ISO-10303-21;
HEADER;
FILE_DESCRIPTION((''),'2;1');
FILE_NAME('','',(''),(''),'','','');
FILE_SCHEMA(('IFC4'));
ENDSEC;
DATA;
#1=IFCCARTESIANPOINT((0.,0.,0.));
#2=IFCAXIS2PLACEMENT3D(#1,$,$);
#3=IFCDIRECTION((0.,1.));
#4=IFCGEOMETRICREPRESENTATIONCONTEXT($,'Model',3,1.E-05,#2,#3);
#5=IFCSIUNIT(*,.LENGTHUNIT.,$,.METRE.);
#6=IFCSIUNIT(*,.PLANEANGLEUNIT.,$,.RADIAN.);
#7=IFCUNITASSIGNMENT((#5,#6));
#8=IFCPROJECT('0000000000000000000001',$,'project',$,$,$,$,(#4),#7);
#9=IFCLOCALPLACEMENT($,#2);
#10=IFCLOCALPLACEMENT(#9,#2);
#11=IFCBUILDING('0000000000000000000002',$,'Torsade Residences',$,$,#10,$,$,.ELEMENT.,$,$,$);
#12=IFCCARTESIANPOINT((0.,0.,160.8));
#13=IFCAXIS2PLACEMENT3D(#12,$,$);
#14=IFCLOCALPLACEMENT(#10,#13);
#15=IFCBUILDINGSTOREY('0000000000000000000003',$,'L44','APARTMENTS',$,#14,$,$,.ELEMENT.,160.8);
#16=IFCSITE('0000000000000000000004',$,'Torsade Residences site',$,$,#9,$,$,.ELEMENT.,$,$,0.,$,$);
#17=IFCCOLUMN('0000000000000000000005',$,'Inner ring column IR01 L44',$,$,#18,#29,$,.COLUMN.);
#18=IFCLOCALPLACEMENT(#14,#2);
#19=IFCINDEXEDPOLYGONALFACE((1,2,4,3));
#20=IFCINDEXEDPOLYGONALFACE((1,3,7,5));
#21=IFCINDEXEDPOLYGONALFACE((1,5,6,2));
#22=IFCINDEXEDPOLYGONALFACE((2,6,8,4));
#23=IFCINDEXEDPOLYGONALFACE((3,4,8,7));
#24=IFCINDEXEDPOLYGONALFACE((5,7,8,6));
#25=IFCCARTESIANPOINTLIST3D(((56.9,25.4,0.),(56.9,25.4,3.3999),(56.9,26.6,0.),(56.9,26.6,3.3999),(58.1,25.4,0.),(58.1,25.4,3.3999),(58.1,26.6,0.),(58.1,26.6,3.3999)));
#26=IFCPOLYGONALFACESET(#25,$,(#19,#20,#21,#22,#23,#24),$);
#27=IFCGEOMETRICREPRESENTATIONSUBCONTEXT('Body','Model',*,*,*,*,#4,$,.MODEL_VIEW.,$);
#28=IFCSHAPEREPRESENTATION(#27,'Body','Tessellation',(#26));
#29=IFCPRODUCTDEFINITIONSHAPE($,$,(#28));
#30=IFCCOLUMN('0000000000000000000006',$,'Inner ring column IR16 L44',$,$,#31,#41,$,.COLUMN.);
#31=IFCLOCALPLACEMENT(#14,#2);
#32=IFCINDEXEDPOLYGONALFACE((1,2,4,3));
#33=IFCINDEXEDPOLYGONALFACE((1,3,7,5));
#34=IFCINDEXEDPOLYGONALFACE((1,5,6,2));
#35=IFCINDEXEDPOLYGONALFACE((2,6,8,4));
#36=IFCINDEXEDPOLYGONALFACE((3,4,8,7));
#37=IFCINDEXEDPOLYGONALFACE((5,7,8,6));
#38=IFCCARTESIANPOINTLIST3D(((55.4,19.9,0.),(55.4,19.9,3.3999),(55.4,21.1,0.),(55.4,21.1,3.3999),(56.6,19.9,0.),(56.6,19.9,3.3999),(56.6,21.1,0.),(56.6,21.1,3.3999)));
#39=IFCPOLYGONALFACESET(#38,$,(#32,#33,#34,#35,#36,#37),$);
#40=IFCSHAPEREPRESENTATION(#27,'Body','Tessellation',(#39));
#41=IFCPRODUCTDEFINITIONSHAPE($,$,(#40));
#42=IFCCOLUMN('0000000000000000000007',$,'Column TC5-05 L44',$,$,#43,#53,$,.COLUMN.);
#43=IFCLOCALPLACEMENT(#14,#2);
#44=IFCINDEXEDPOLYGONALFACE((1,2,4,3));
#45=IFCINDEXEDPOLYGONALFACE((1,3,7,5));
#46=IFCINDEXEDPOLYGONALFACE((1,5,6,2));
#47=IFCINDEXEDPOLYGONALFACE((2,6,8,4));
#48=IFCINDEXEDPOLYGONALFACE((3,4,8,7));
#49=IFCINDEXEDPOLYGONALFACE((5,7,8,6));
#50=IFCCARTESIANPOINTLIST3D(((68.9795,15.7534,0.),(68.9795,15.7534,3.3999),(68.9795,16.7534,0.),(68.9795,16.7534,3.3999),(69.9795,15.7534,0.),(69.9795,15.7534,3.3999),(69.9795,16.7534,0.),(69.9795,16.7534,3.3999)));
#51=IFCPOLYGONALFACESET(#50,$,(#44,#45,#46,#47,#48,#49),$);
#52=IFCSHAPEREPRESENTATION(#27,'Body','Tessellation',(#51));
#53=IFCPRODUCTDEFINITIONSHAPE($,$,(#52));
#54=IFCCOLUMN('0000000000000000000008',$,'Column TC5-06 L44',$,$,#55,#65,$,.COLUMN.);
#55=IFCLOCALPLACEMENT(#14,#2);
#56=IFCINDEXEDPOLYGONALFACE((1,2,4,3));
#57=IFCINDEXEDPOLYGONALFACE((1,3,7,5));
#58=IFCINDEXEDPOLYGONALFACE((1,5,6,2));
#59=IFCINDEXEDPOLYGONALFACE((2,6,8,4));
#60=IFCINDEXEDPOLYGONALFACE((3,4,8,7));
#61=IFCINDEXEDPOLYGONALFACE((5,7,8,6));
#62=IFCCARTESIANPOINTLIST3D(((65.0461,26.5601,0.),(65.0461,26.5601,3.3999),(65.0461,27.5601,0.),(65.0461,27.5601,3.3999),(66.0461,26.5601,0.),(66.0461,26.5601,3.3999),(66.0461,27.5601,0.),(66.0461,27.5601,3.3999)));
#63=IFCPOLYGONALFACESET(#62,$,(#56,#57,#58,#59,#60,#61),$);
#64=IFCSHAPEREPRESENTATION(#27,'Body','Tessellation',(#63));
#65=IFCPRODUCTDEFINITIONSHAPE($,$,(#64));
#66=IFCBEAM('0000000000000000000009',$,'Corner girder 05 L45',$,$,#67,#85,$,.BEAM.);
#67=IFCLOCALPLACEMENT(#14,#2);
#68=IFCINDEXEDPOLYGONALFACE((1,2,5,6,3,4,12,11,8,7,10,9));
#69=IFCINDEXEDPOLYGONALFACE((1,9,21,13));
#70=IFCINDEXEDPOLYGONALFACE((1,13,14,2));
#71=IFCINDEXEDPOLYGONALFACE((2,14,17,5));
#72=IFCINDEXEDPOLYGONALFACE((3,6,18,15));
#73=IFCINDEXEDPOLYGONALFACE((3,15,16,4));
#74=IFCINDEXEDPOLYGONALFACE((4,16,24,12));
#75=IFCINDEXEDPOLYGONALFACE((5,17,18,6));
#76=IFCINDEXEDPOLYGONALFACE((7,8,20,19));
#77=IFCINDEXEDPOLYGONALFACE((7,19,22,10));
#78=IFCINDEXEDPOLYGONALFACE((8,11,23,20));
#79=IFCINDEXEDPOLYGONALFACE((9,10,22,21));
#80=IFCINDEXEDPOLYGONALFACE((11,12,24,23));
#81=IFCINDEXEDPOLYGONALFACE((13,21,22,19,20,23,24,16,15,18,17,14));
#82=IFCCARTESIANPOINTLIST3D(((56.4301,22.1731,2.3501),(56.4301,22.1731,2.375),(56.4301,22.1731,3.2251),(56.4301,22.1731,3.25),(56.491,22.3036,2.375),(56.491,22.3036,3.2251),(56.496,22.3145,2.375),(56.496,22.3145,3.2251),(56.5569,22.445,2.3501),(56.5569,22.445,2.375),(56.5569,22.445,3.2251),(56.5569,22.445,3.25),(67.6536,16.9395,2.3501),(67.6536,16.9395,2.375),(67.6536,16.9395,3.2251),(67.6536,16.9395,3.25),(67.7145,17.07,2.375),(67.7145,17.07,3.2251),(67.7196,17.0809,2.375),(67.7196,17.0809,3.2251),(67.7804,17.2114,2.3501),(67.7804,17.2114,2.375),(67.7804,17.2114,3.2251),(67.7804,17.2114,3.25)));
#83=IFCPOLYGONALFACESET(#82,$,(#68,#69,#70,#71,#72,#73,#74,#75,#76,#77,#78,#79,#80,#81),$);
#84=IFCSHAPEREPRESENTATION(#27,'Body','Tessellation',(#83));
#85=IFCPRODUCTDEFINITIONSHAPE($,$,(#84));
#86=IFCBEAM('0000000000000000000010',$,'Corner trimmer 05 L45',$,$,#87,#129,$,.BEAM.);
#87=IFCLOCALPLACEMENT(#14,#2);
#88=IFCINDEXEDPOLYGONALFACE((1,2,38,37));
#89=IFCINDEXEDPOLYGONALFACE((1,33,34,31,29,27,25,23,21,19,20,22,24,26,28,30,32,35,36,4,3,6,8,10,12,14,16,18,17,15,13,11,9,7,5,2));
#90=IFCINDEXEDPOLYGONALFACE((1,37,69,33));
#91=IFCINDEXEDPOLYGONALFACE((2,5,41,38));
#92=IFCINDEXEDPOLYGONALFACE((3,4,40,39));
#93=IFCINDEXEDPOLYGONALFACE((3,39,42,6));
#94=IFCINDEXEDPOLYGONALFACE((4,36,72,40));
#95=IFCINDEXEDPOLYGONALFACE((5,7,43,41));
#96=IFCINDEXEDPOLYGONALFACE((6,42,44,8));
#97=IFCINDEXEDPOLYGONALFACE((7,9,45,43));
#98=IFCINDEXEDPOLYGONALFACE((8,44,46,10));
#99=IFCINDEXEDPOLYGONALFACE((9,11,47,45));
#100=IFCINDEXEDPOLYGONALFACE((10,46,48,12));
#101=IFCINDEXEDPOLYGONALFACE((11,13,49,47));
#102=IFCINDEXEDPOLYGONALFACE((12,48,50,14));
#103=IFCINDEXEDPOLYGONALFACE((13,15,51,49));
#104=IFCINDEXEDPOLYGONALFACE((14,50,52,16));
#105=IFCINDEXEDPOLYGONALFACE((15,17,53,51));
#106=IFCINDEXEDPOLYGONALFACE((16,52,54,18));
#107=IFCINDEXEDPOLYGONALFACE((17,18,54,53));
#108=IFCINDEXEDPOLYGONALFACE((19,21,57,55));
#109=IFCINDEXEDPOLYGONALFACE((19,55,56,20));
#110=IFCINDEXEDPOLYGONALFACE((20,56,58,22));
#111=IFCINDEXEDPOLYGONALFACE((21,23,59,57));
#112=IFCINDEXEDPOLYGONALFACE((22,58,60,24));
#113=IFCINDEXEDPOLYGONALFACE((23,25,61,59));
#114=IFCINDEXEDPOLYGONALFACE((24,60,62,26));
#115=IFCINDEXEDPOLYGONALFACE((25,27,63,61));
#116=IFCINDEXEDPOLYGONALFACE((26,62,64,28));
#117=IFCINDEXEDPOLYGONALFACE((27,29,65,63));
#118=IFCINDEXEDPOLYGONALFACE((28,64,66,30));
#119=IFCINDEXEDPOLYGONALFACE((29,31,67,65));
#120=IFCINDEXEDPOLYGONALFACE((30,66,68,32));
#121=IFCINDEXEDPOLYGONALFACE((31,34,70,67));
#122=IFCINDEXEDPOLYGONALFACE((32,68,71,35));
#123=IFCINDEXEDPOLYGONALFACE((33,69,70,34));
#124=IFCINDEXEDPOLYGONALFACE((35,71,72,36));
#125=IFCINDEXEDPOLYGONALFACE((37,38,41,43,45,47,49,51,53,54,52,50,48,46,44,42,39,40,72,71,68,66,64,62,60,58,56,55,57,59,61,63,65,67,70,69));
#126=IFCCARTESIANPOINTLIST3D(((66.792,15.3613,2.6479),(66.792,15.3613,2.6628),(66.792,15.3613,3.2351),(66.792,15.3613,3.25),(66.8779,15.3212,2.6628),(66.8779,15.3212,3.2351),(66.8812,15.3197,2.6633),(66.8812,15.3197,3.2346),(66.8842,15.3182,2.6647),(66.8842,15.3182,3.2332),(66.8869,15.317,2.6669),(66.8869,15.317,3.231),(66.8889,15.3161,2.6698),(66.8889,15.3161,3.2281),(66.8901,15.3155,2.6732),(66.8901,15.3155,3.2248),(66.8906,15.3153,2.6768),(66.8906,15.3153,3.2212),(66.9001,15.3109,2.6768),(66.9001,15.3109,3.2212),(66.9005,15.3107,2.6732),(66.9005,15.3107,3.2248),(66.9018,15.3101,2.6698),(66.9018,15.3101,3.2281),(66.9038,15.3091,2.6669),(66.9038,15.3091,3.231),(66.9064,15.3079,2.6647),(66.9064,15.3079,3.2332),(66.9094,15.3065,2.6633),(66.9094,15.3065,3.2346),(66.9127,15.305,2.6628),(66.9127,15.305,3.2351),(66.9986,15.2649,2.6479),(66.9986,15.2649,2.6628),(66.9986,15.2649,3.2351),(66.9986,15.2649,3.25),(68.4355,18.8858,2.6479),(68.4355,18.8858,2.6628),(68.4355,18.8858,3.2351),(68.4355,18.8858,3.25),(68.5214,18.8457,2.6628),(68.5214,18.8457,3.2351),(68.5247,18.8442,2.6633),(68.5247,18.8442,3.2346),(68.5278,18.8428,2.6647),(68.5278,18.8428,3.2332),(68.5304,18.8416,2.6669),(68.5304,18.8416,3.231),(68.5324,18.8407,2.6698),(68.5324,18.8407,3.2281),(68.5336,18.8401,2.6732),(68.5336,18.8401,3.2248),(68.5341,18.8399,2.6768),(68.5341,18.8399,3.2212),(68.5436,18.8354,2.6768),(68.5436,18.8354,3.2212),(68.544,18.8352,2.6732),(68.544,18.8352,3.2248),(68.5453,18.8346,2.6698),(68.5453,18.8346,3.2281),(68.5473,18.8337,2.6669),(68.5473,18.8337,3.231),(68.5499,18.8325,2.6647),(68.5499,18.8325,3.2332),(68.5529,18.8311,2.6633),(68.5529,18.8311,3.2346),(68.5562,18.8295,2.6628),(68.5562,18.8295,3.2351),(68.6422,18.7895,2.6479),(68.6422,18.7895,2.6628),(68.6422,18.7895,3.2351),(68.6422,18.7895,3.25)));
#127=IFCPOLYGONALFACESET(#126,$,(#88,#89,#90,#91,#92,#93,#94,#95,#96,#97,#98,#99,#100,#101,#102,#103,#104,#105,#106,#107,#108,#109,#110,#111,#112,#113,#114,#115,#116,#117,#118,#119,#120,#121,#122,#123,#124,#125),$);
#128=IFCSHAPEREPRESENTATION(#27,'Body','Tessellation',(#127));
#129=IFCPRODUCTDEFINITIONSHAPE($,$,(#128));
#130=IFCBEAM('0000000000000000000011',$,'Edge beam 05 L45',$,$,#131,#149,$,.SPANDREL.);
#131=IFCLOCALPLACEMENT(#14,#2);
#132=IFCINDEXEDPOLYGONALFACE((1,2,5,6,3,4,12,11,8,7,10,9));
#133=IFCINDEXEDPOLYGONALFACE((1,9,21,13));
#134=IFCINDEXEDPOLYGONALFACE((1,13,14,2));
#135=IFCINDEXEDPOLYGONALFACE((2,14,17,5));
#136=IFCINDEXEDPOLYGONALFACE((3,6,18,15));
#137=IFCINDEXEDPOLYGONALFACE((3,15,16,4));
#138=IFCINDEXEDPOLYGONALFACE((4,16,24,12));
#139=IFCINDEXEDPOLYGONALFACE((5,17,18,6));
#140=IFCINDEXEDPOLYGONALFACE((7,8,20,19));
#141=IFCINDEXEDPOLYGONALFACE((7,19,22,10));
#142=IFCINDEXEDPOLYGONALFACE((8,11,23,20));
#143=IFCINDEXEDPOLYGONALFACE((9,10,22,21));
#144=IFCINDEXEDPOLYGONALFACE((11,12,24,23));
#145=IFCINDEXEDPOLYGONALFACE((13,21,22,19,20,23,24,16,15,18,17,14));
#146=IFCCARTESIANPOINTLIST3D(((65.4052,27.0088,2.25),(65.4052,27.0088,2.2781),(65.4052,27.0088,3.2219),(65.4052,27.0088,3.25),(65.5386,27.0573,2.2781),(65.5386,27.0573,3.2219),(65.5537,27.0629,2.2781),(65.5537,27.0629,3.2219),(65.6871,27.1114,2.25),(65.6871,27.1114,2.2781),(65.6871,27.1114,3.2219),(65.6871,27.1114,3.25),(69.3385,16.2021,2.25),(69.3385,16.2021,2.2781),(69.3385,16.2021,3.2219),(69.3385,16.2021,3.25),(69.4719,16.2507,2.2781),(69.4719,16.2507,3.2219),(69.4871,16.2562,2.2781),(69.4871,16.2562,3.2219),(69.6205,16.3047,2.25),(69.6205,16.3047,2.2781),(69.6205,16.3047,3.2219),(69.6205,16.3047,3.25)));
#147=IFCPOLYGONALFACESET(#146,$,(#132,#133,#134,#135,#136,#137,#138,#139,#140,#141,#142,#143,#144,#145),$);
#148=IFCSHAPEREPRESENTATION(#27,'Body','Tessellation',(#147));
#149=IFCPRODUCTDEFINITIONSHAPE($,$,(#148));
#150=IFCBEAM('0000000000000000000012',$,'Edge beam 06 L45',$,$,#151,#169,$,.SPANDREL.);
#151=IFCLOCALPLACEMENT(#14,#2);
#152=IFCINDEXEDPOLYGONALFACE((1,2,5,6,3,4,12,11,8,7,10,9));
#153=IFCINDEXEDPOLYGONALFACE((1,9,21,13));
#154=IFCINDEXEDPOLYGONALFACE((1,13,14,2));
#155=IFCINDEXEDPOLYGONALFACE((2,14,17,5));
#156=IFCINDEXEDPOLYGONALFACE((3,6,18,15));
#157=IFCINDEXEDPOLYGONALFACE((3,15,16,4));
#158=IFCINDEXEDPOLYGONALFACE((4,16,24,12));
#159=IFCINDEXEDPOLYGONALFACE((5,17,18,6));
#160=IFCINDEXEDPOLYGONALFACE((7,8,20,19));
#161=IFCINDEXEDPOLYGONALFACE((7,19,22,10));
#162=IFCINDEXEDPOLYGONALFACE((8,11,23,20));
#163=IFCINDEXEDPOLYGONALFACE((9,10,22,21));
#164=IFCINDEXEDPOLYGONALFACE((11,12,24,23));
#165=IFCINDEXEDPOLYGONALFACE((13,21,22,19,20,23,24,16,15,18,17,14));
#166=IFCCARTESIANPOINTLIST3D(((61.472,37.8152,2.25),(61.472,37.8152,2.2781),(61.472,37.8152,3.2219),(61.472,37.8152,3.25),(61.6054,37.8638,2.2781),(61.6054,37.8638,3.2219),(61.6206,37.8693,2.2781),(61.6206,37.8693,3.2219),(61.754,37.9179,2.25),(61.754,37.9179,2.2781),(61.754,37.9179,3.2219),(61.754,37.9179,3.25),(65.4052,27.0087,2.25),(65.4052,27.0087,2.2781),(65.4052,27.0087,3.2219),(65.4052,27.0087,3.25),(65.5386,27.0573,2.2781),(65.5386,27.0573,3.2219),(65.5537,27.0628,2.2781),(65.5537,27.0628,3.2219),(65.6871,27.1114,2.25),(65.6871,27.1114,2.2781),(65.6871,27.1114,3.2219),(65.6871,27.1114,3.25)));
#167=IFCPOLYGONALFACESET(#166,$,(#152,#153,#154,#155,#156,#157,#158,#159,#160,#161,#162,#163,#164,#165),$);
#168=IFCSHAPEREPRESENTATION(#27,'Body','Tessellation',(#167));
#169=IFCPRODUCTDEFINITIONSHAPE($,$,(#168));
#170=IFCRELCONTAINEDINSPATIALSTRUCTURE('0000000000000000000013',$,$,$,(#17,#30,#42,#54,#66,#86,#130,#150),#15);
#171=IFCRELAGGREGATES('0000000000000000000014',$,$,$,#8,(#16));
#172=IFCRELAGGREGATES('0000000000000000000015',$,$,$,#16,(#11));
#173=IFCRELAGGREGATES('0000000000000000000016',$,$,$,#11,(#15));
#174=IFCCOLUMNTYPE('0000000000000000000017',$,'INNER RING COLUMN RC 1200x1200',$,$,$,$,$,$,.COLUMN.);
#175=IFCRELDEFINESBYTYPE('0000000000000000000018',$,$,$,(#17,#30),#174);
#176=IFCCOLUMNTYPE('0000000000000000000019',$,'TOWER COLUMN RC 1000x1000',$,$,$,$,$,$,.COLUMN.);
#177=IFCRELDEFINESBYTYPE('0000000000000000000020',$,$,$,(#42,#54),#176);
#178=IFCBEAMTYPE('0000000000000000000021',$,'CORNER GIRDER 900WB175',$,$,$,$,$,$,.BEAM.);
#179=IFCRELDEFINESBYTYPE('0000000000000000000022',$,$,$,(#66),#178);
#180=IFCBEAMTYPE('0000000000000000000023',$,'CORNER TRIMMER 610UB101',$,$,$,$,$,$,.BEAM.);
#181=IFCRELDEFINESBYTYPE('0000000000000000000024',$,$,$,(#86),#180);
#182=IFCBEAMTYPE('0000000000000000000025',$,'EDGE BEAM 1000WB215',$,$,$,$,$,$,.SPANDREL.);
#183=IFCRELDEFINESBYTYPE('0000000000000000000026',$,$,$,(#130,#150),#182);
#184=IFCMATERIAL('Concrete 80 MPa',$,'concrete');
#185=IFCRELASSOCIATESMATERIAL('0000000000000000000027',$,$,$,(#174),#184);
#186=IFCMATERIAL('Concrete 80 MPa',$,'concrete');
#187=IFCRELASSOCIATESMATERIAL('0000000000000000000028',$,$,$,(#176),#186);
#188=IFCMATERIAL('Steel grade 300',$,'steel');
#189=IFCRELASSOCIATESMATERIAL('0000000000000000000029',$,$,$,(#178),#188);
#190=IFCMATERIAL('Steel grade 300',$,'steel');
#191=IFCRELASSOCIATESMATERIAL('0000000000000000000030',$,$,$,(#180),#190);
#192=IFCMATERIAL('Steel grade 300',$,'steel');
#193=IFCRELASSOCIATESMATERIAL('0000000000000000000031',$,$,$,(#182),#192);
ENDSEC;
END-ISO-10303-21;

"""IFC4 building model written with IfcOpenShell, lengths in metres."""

from ifc_helpers import new_model, si_unit, direction, frame, origin, origin_2d, place, context, subcontext, project, spatial, rectangle, i_section, extrude, material, material_profile, profile_set, type_object, element, save


model = new_model("IFC4")

# Units and contexts
model_context = context("Model", 3, precision=1e-05, world=origin(), true_north=direction((0.0, 1.0)))
body_context = subcontext(model_context, "Body", "Model", "MODEL_VIEW")
ifc_project = project(units=[si_unit("LENGTHUNIT", "METRE"), si_unit("PLANEANGLEUNIT", "RADIAN")], contexts=[model_context])

# Site, building, storey
site_placement = place(None, origin())
site = spatial("IfcSite", under=ifc_project, at=site_placement, Name="Torsade Residences site", CompositionType="ELEMENT", RefElevation=0.0)
building_placement = place(site_placement, origin())
building = spatial("IfcBuilding", under=site, at=building_placement, Name="Torsade Residences", CompositionType="ELEMENT")
storey_placement = place(building_placement, frame((0.0, 0.0, 160.8)))
storey = spatial("IfcBuildingStorey", under=building, at=storey_placement, Name="L44", Description="APARTMENTS", CompositionType="ELEMENT", Elevation=160.8)

# Columns
ifc_material_1 = material(Name="Concrete 80 MPa", Category="concrete")
ifc_material_profile_1 = material_profile(ifc_material_1, rectangle(XDim=1.2, YDim=1.2, at=origin_2d()), Name="RC 1200x1200")
ifc_profile_set_1 = profile_set([ifc_material_profile_1], Name="Concrete 80 MPa")
column_type_1 = type_object("IfcColumnType", Name="INNER RING COLUMN RC 1200x1200", PredefinedType="COLUMN", material=ifc_profile_set_1)
for number, where, z_axis, x_axis, name in (
    (1, (57.5, 26.0, 0.0), (0.0, 0.0, 1.0), (1.0, 0.0, 0.0), "Inner ring column IR01 L44"),
    (2, (56.0, 20.5, 0.0), (0.0, 0.0, 1.0), (1.0, 0.0, 0.0), "Inner ring column IR16 L44"),
):
    element("IfcColumn", number, at=place(storey_placement, frame(where, z_axis=z_axis, x_axis=x_axis)), inside=storey, type_object=column_type_1, Name=name, PredefinedType="COLUMN", context=body_context, shape_type="SweptSolid", body=[
        extrude(rectangle(XDim=1.2, YDim=1.2, at=origin_2d()), origin(), (0.0, 0.0, 1.0), 3.3999),
    ])
ifc_material_2 = material(Name="Concrete 80 MPa", Category="concrete")
ifc_material_profile_2 = material_profile(ifc_material_2, rectangle(XDim=1.0, YDim=1.0, at=origin_2d()), Name="RC 1000x1000")
ifc_profile_set_2 = profile_set([ifc_material_profile_2], Name="Concrete 80 MPa")
column_type_2 = type_object("IfcColumnType", Name="TOWER COLUMN RC 1000x1000", PredefinedType="COLUMN", material=ifc_profile_set_2)
for number, where, z_axis, x_axis, name in (
    (3, (69.4795, 16.2534, 0.0), (0.0, 0.0, 1.0), (1.0, 0.0, 0.0), "Column TC5-05 L44"),
    (4, (65.5461, 27.0601, 0.0), (0.0, 0.0, 1.0), (1.0, 0.0, 0.0), "Column TC5-06 L44"),
):
    element("IfcColumn", number, at=place(storey_placement, frame(where, z_axis=z_axis, x_axis=x_axis)), inside=storey, type_object=column_type_2, Name=name, PredefinedType="COLUMN", context=body_context, shape_type="SweptSolid", body=[
        extrude(rectangle(XDim=1.0, YDim=1.0, at=origin_2d()), origin(), (0.0, 0.0, 1.0), 3.3999),
    ])

# Beams
ifc_material_3 = material(Name="Steel grade 300", Category="steel")
ifc_material_profile_3 = material_profile(ifc_material_3, i_section(OverallWidth=0.3, OverallDepth=0.8999, WebThickness=0.012, FlangeThickness=0.0249, at=origin_2d()), Name="900WB175")
ifc_profile_set_3 = profile_set([ifc_material_profile_3], Name="Steel grade 300")
beam_type_1 = type_object("IfcBeamType", Name="CORNER GIRDER 900WB175", PredefinedType="BEAM", material=ifc_profile_set_3)
beam_1_placement = place(storey_placement, frame((67.717, 17.0754, 2.8), z_axis=(-0.906309, 0.422617, 0.0), x_axis=(-0.422617, -0.906309, 0.0)))
element("IfcBeam", 5, at=beam_1_placement, inside=storey, type_object=beam_type_1, Name="Corner girder 05 L45", PredefinedType="BEAM", context=body_context, shape_type="SweptSolid", body=[
    extrude(i_section(OverallWidth=0.3, OverallDepth=0.8999, WebThickness=0.012, FlangeThickness=0.0249, at=origin_2d()), origin(), (0.0, 0.0, 1.0), 12.3838),
])
ifc_material_4 = material(Name="Steel grade 300", Category="steel")
ifc_material_profile_4 = material_profile(ifc_material_4, i_section(OverallWidth=0.228, OverallDepth=0.6021, WebThickness=0.0105, FlangeThickness=0.0149, FilletRadius=0.0139, at=origin_2d()), Name="610UB101")
ifc_profile_set_4 = profile_set([ifc_material_profile_4], Name="Steel grade 300")
beam_type_2 = type_object("IfcBeamType", Name="CORNER TRIMMER 610UB101", PredefinedType="BEAM", material=ifc_profile_set_4)
beam_2_placement = place(storey_placement, frame((68.5388, 18.8376, 2.949), z_axis=(-0.422614, -0.90631, 0.0), x_axis=(0.90631, -0.422614, 0.0)))
element("IfcBeam", 6, at=beam_2_placement, inside=storey, type_object=beam_type_2, Name="Corner trimmer 05 L45", PredefinedType="BEAM", context=body_context, shape_type="SweptSolid", body=[
    extrude(i_section(OverallWidth=0.228, OverallDepth=0.6021, WebThickness=0.0105, FlangeThickness=0.0149, FilletRadius=0.0139, at=origin_2d()), origin(), (0.0, 0.0, 1.0), 3.8889),
])
ifc_material_5 = material(Name="Steel grade 300", Category="steel")
ifc_material_profile_5 = material_profile(ifc_material_5, i_section(OverallWidth=0.3, OverallDepth=1.0, WebThickness=0.0161, FlangeThickness=0.0281, at=origin_2d()), Name="1000WB215")
ifc_profile_set_5 = profile_set([ifc_material_profile_5], Name="Steel grade 300")
beam_type_3 = type_object("IfcBeamType", Name="EDGE BEAM 1000WB215", PredefinedType="SPANDREL", material=ifc_profile_set_5)
beam_3_placement = place(storey_placement, frame((69.4795, 16.2534, 2.75), z_axis=(-0.342024, 0.939691, 0.0), x_axis=(-0.939691, -0.342024, 0.0)))
element("IfcBeam", 7, at=beam_3_placement, inside=storey, type_object=beam_type_3, Name="Edge beam 05 L45", PredefinedType="SPANDREL", context=body_context, shape_type="SweptSolid", body=[
    extrude(i_section(OverallWidth=0.3, OverallDepth=1.0, WebThickness=0.0161, FlangeThickness=0.0281, at=origin_2d()), origin(), (0.0, 0.0, 1.0), 11.5002),
])
beam_4_placement = place(storey_placement, frame((65.5461, 27.0601, 2.75), z_axis=(-0.342012, 0.939695, 0.0), x_axis=(-0.939695, -0.342012, 0.0)))
element("IfcBeam", 8, at=beam_4_placement, inside=storey, type_object=beam_type_3, Name="Edge beam 06 L45", PredefinedType="SPANDREL", context=body_context, shape_type="SweptSolid", body=[
    extrude(i_section(OverallWidth=0.3, OverallDepth=1.0, WebThickness=0.0161, FlangeThickness=0.0281, at=origin_2d()), origin(), (0.0, 0.0, 1.0), 11.5),
])

save(model, "model.ifc")
